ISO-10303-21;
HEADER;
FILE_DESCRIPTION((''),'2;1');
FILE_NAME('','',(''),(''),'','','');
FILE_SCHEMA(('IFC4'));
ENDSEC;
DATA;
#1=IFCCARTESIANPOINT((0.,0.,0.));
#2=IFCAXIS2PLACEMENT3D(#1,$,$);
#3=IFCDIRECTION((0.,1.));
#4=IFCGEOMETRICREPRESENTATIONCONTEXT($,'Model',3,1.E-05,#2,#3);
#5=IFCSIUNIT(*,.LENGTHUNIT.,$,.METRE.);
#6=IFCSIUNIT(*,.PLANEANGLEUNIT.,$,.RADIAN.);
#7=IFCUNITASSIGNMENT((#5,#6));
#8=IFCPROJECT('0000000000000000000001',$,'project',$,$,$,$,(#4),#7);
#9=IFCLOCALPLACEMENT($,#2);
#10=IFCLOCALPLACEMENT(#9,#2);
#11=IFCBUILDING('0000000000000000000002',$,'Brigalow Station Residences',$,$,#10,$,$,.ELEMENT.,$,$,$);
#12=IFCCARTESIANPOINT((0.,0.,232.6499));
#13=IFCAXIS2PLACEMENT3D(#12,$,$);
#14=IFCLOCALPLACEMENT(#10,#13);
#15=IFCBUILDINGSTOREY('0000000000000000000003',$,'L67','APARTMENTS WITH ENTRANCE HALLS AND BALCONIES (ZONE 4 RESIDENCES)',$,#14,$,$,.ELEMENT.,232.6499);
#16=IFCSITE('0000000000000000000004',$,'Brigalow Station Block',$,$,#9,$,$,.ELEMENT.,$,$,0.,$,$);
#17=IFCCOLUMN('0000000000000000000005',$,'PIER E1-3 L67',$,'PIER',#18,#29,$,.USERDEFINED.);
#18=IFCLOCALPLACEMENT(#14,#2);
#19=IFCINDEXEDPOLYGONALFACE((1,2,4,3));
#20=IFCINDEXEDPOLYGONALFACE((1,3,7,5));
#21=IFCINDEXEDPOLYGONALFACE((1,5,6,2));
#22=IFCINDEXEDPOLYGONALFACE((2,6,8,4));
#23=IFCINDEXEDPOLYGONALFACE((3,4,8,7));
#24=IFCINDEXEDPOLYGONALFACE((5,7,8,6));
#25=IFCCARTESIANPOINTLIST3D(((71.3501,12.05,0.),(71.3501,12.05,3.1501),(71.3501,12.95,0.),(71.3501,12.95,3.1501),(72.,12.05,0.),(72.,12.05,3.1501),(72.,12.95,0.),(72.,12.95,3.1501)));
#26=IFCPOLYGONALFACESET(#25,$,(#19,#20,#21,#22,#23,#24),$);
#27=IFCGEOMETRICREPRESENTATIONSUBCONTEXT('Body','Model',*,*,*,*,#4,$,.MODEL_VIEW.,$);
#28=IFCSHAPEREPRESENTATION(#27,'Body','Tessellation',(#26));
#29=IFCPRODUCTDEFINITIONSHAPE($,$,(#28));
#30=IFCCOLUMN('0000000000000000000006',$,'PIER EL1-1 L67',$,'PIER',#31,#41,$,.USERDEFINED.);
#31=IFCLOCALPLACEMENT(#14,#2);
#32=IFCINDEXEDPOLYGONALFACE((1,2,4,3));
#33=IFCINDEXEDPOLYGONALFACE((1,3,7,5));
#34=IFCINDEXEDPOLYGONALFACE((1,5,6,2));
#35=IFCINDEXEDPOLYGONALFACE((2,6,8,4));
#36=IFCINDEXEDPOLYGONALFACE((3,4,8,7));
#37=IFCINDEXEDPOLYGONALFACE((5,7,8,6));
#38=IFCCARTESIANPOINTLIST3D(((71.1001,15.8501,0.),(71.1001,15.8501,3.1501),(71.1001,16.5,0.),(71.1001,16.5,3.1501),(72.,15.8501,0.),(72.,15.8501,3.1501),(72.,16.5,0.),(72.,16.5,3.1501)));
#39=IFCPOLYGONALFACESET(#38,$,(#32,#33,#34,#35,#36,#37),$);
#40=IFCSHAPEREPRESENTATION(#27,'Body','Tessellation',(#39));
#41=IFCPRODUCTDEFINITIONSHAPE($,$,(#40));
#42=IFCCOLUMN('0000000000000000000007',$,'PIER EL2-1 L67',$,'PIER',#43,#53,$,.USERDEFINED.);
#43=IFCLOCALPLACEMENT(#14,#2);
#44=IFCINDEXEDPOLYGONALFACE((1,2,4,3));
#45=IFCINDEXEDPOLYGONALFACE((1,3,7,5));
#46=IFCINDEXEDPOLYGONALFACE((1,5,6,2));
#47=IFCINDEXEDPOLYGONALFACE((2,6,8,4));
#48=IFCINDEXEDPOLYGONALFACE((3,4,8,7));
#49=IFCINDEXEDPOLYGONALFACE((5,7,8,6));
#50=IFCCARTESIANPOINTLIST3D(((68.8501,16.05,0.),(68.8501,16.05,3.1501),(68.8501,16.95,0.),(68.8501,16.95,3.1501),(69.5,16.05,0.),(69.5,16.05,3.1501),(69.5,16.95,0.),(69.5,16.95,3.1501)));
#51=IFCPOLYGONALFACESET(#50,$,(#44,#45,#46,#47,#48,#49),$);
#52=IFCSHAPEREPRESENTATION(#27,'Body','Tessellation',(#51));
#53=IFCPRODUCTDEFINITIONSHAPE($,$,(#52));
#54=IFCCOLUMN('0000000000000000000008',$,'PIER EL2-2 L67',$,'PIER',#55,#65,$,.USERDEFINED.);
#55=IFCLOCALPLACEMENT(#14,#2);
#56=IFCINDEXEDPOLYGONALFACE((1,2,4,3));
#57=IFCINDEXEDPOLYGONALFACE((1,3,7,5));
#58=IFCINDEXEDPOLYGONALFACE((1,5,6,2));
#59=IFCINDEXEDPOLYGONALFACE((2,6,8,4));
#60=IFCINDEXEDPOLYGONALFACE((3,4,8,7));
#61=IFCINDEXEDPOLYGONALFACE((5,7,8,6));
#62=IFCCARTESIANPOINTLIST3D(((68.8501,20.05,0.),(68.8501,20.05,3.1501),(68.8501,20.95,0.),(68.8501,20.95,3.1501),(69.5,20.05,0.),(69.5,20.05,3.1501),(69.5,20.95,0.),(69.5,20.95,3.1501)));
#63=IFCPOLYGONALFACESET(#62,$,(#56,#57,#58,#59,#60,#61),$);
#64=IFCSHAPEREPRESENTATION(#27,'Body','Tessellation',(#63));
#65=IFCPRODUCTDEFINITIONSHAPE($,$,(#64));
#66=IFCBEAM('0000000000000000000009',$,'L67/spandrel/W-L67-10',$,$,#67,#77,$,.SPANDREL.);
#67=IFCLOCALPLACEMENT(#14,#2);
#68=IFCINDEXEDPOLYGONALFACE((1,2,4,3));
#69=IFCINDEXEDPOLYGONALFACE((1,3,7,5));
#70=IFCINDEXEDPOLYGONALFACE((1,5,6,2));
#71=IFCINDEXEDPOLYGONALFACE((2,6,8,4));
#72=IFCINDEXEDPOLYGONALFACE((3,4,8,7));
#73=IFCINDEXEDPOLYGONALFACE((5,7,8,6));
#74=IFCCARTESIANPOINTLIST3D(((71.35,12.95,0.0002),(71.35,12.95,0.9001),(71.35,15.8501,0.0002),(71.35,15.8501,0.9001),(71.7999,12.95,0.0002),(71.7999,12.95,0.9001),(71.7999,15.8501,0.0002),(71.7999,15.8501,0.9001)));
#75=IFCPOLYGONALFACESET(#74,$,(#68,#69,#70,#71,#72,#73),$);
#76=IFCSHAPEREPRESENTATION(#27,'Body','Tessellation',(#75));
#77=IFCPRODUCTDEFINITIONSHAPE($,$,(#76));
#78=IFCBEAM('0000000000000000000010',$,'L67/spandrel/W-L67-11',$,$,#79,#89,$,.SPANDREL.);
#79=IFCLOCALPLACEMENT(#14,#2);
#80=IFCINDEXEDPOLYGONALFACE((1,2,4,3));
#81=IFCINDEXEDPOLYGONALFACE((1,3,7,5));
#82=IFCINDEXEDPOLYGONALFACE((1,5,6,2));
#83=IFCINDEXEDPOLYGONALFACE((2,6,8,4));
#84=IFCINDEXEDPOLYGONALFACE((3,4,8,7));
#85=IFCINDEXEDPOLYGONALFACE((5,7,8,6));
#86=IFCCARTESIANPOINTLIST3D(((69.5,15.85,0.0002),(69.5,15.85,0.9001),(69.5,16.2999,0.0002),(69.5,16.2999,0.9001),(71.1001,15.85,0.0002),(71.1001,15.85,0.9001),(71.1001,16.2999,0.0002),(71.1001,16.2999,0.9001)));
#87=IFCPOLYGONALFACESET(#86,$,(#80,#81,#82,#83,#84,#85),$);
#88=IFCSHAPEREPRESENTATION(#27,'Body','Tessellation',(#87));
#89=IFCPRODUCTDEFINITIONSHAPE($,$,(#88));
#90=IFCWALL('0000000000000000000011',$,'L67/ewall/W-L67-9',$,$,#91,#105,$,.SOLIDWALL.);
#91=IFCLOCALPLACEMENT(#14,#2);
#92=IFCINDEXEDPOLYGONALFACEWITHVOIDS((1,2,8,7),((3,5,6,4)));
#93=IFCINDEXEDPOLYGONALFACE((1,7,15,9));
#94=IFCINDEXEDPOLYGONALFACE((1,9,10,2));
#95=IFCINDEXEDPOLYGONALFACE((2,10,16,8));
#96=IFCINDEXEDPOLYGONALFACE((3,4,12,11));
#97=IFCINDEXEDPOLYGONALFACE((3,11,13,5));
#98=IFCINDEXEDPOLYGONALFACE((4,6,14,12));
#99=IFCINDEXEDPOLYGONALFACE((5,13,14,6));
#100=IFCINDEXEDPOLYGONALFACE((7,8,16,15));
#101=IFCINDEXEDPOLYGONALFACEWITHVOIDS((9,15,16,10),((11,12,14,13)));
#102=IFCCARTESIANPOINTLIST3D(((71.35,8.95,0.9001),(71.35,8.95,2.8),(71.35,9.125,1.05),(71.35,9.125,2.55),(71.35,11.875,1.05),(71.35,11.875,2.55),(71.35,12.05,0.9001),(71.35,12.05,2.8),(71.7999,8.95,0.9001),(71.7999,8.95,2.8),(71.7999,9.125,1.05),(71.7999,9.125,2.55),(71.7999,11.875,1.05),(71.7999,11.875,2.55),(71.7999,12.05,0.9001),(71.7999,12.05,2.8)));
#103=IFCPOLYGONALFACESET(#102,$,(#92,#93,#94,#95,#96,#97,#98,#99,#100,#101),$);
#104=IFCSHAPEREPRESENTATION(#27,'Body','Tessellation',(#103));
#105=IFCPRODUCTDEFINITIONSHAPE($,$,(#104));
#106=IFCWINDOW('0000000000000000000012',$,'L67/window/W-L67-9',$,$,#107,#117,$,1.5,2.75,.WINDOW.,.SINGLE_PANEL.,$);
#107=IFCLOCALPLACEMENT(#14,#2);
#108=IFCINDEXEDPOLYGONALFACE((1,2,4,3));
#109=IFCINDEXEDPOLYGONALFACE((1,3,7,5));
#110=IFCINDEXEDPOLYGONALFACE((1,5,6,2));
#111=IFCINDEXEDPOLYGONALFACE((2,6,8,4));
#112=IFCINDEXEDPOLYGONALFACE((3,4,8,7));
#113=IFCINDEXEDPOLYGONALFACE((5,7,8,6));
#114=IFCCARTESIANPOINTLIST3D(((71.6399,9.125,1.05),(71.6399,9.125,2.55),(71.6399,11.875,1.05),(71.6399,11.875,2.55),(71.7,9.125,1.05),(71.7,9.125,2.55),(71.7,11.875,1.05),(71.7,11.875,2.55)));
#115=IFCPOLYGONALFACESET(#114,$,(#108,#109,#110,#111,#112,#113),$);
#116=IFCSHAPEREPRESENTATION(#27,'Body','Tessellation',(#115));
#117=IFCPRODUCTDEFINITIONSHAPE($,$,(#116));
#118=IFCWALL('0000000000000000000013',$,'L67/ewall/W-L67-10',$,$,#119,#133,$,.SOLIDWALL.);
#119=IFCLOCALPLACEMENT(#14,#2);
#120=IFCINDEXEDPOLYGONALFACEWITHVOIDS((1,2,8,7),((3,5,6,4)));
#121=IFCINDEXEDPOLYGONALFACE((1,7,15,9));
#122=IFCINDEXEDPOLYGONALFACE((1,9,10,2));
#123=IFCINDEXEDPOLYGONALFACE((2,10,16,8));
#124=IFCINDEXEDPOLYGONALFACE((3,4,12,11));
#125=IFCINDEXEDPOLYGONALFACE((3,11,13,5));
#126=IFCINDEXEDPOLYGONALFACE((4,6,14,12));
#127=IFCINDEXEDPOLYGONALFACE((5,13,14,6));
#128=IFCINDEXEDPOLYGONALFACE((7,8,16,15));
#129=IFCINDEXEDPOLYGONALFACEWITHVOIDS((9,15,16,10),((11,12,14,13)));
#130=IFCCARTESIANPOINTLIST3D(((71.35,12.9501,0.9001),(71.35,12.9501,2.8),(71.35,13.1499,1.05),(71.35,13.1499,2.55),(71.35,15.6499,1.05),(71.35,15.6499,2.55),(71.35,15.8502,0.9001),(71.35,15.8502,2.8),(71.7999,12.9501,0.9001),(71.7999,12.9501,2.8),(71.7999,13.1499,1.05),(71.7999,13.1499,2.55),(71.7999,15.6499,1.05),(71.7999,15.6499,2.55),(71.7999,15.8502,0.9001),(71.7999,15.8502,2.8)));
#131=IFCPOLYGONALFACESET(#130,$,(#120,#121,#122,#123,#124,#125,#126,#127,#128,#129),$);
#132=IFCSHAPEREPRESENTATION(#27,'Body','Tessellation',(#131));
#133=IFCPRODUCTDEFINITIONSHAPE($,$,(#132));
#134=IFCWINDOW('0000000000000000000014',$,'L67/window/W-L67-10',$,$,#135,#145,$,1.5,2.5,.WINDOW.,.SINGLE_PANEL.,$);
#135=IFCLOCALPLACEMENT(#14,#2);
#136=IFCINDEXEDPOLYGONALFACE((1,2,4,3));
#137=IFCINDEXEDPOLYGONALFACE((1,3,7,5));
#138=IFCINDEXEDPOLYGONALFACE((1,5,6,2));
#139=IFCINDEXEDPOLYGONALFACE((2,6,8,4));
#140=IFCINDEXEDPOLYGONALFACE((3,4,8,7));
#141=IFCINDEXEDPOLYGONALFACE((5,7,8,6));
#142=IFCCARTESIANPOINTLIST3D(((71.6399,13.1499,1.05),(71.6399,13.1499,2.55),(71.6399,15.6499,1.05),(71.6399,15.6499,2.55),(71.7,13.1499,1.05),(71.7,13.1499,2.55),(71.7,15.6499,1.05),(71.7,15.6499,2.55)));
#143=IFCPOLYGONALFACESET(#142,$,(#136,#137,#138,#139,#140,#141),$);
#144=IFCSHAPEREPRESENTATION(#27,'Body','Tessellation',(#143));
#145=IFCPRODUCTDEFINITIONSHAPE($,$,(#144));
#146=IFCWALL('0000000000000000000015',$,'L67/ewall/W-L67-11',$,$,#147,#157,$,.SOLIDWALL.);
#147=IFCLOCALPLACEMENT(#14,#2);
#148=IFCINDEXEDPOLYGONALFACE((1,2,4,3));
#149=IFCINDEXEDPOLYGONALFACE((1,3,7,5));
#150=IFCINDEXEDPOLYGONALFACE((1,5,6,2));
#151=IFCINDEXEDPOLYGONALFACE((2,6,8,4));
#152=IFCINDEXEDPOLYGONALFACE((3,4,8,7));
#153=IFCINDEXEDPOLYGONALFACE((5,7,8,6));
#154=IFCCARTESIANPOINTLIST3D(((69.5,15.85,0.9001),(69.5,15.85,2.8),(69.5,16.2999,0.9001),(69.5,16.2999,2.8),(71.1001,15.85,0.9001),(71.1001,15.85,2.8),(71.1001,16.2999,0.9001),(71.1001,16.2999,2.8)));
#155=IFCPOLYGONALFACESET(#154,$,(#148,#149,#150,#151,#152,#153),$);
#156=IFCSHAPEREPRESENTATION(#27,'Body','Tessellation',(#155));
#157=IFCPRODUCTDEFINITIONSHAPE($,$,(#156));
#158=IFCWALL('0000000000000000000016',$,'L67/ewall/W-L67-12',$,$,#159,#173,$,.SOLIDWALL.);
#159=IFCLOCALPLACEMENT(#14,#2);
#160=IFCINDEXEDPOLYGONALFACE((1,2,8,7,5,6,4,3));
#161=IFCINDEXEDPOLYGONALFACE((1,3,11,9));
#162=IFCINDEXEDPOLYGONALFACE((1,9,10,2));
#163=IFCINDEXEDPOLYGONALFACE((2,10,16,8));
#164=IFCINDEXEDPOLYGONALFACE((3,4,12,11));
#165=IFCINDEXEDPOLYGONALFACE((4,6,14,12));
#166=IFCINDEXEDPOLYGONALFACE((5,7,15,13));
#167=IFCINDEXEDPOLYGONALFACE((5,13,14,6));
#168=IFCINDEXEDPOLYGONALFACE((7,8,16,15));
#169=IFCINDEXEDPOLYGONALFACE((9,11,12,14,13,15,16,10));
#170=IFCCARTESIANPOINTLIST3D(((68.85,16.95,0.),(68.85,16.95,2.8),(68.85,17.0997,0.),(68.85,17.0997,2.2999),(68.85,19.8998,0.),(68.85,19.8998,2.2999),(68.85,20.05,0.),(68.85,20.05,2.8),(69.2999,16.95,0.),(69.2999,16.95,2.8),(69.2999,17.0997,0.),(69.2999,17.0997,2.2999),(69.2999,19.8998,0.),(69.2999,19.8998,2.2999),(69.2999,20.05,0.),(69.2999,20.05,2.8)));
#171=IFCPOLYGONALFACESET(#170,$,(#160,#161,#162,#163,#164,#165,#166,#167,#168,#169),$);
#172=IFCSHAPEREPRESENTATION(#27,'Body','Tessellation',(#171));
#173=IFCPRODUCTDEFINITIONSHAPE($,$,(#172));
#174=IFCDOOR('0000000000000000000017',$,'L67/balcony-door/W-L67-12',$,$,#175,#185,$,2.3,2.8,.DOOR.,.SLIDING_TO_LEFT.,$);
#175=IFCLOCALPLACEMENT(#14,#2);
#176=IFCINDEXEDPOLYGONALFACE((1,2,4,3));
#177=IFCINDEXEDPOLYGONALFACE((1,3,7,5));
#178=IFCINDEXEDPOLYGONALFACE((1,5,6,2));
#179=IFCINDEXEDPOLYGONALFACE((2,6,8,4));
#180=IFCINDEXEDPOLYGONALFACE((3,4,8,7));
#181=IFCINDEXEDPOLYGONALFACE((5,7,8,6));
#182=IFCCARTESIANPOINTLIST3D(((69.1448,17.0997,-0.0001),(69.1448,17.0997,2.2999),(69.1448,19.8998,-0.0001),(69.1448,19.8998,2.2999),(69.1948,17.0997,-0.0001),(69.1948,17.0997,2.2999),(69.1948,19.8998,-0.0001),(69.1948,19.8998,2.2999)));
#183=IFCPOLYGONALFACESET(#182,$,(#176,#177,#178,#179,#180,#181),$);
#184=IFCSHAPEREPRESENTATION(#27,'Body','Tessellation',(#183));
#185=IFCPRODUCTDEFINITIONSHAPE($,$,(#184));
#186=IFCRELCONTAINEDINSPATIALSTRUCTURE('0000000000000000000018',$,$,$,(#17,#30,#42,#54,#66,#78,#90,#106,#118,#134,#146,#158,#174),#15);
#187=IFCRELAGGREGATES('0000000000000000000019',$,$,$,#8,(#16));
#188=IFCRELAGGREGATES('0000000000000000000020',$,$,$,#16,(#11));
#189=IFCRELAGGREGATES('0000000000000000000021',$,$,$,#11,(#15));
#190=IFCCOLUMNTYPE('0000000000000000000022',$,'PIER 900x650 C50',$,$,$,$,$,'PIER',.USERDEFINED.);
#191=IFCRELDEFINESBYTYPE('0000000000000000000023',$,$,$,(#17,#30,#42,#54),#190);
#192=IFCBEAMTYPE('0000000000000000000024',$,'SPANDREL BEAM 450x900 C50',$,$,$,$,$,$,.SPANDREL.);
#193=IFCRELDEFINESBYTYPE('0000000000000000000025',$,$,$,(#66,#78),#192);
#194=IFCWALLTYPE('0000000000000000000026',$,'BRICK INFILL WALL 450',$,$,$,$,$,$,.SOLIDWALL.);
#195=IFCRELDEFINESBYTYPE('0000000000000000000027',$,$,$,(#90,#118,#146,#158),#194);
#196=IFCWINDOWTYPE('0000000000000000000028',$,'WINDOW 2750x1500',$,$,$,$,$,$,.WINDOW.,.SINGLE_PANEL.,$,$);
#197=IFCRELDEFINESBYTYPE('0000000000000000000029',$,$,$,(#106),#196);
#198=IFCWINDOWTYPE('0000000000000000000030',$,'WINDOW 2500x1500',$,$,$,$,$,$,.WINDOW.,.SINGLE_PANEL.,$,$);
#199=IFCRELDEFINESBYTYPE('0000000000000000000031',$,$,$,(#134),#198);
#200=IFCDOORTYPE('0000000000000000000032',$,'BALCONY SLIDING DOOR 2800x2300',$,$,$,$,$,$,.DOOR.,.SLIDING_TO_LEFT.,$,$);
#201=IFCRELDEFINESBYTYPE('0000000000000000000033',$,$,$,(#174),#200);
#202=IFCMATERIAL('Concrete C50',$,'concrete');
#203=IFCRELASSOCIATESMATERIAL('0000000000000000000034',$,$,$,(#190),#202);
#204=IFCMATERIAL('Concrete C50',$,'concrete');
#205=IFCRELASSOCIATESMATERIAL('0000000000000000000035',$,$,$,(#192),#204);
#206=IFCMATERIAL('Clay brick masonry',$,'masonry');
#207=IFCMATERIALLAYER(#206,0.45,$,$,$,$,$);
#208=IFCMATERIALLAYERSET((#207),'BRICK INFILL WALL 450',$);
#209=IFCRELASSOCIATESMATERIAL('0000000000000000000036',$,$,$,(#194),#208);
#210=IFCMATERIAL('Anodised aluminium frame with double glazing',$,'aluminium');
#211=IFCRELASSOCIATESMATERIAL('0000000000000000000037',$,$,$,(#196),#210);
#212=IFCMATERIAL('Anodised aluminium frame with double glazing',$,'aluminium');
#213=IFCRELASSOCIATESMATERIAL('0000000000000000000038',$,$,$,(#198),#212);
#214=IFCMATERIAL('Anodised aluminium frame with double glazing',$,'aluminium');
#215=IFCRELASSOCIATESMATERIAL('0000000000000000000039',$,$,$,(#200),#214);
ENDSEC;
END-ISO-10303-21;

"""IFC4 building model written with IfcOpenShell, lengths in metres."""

from ifc_helpers import new_model, si_unit, direction, frame, frame_2d, origin, origin_2d, place, context, subcontext, project, spatial, rectangle, extrude, material, layer, layer_set, material_profile, profile_set, type_object, element, fill, save


model = new_model("IFC4")

# Units and contexts
model_context = context("Model", 3, precision=1e-05, world=origin(), true_north=direction((0.0, 1.0)))
body_context = subcontext(model_context, "Body", "Model", "MODEL_VIEW")
ifc_project = project(units=[si_unit("LENGTHUNIT", "METRE"), si_unit("PLANEANGLEUNIT", "RADIAN")], contexts=[model_context])

# Site, building, storey
site_placement = place(None, origin())
site = spatial("IfcSite", under=ifc_project, at=site_placement, Name="Brigalow Station Block", CompositionType="ELEMENT", RefElevation=0.0)
building_placement = place(site_placement, origin())
building = spatial("IfcBuilding", under=site, at=building_placement, Name="Brigalow Station Residences", CompositionType="ELEMENT")
storey_placement = place(building_placement, frame((0.0, 0.0, 232.6499)))
storey = spatial("IfcBuildingStorey", under=building, at=storey_placement, Name="L67", Description="APARTMENTS WITH ENTRANCE HALLS AND BALCONIES (ZONE 4 RESIDENCES)", CompositionType="ELEMENT", Elevation=232.6499)

# Columns
ifc_material_1 = material(Name="Concrete C50", Category="concrete")
ifc_material_profile_1 = material_profile(ifc_material_1, rectangle(XDim=0.8999, YDim=0.6499, at=origin_2d()), Name="RC900x650")
ifc_profile_set_1 = profile_set([ifc_material_profile_1], Name="Concrete C50")
column_type = type_object("IfcColumnType", Name="PIER 900x650 C50", ElementType="PIER", PredefinedType="USERDEFINED", material=ifc_profile_set_1)
for number, where, z_axis, x_axis, name in (
    (1, (71.675, 12.5, 0.0), (0.0, 0.0, 1.0), (0.0, 1.0, 0.0), "PIER E1-3 L67"),
    (2, (71.55, 16.175, 0.0), (0.0, 0.0, 1.0), (-1.0, 0.0, 0.0), "PIER EL1-1 L67"),
    (3, (69.175, 16.5, 0.0), (0.0, 0.0, 1.0), (0.0, 1.0, 0.0), "PIER EL2-1 L67"),
    (4, (69.175, 20.5, 0.0), (0.0, 0.0, 1.0), (0.0, 1.0, 0.0), "PIER EL2-2 L67"),
):
    element("IfcColumn", number, at=place(storey_placement, frame(where, z_axis=z_axis, x_axis=x_axis)), inside=storey, type_object=column_type, Name=name, ObjectType="PIER", PredefinedType="USERDEFINED", context=body_context, shape_type="SweptSolid", body=[
        extrude(rectangle(XDim=0.8999, YDim=0.6499, at=origin_2d()), origin(), (0.0, 0.0, 1.0), 3.1501),
    ])

# Beams
ifc_material_2 = material(Name="Concrete C50", Category="concrete")
ifc_material_profile_2 = material_profile(ifc_material_2, rectangle(XDim=0.45, YDim=0.8999, at=origin_2d()), Name="RC450x900")
ifc_profile_set_2 = profile_set([ifc_material_profile_2], Name="Concrete C50")
beam_type = type_object("IfcBeamType", Name="SPANDREL BEAM 450x900 C50", PredefinedType="SPANDREL", material=ifc_profile_set_2)
beam_1_placement = place(storey_placement, frame((71.575, 12.95, 0.4502), z_axis=(0.0, 1.0, 0.0), x_axis=(-1.0, 0.0, 0.0)))
element("IfcBeam", 5, at=beam_1_placement, inside=storey, type_object=beam_type, Name="L67/spandrel/W-L67-10", PredefinedType="SPANDREL", context=body_context, shape_type="SweptSolid", body=[
    extrude(rectangle(XDim=0.45, YDim=0.8999, at=origin_2d()), origin(), (0.0, 0.0, 1.0), 2.9001),
])
beam_2_placement = place(storey_placement, frame((71.1001, 16.075, 0.4502), z_axis=(-1.0, 0.0, 0.0), x_axis=(0.0, -1.0, 0.0)))
element("IfcBeam", 6, at=beam_2_placement, inside=storey, type_object=beam_type, Name="L67/spandrel/W-L67-11", PredefinedType="SPANDREL", context=body_context, shape_type="SweptSolid", body=[
    extrude(rectangle(XDim=0.45, YDim=0.8999, at=origin_2d()), origin(), (0.0, 0.0, 1.0), 1.6001),
])

# Walls, openings, windows
ifc_material_3 = material(Name="Clay brick masonry", Category="masonry")
ifc_layer = layer(ifc_material_3, 0.45)
ifc_layer_set = layer_set([ifc_layer], Name="BRICK INFILL WALL 450")
wall_type = type_object("IfcWallType", Name="BRICK INFILL WALL 450", PredefinedType="SOLIDWALL", material=ifc_layer_set)
wall_1_placement = place(storey_placement, frame((71.575, 8.95, 0.9001), z_axis=(0.0, 0.0, 1.0), x_axis=(0.0, 1.0, 0.0)))
wall_1 = element("IfcWall", 7, at=wall_1_placement, inside=storey, type_object=wall_type, Name="L67/ewall/W-L67-9", PredefinedType="SOLIDWALL", context=body_context, shape_type="SweptSolid", body=[
    extrude(rectangle(XDim=3.1001, YDim=0.45, at=frame_2d((1.55, 0.0))), origin(), (0.0, 0.0, 1.0), 1.8999),
])
opening_1_placement = place(wall_1_placement, frame((0.175, 0.0, 0.1499)))
opening_1 = element("IfcOpeningElement", 8, at=opening_1_placement, cuts=wall_1, PredefinedType="OPENING", context=body_context, shape_type="SweptSolid", body=[
    extrude(rectangle(XDim=2.75, YDim=1.5, at=frame_2d((1.375, 0.75))), frame((0.0, 0.2349, 0.0), z_axis=(0.0, -1.0, 0.0), x_axis=(1.0, 0.0, 0.0)), (0.0, 0.0, 1.0), 0.47),
])
ifc_material_4 = material(Name="Anodised aluminium frame with double glazing", Category="aluminium")
window_type_1 = type_object("IfcWindowType", Name="WINDOW 2750x1500", PartitioningType="SINGLE_PANEL", PredefinedType="WINDOW", material=ifc_material_4)
window_1_placement = place(opening_1_placement, origin())
window_1 = element("IfcWindow", 9, at=window_1_placement, inside=storey, type_object=window_type_1, Name="L67/window/W-L67-9", OverallHeight=1.5, OverallWidth=2.75, PartitioningType="SINGLE_PANEL", PredefinedType="WINDOW", context=body_context, shape_type="SweptSolid", body=[
    extrude(rectangle(XDim=2.75, YDim=1.5, at=frame_2d((1.375, 0.75))), frame((0.0, -0.0649, 0.0), z_axis=(0.0, -1.0, 0.0), x_axis=(1.0, 0.0, 0.0)), (0.0, 0.0, 1.0), 0.0601),
])
fill(opening_1, window_1)
wall_2_placement = place(storey_placement, frame((71.575, 12.95, 0.9001), z_axis=(0.0, 0.0, 1.0), x_axis=(0.0, 1.0, 0.0)))
wall_2 = element("IfcWall", 10, at=wall_2_placement, inside=storey, type_object=wall_type, Name="L67/ewall/W-L67-10", PredefinedType="SOLIDWALL", context=body_context, shape_type="SweptSolid", body=[
    extrude(rectangle(XDim=2.9001, YDim=0.45, at=frame_2d((1.4502, 0.0))), origin(), (0.0, 0.0, 1.0), 1.8999),
])
opening_2_placement = place(wall_2_placement, frame((0.2, 0.0, 0.1499)))
opening_2 = element("IfcOpeningElement", 11, at=opening_2_placement, cuts=wall_2, PredefinedType="OPENING", context=body_context, shape_type="SweptSolid", body=[
    extrude(rectangle(XDim=2.5, YDim=1.5, at=frame_2d((1.25, 0.75))), frame((0.0, 0.2349, 0.0), z_axis=(0.0, -1.0, 0.0), x_axis=(1.0, 0.0, 0.0)), (0.0, 0.0, 1.0), 0.47),
])
ifc_material_5 = material(Name="Anodised aluminium frame with double glazing", Category="aluminium")
window_type_2 = type_object("IfcWindowType", Name="WINDOW 2500x1500", PartitioningType="SINGLE_PANEL", PredefinedType="WINDOW", material=ifc_material_5)
window_2_placement = place(opening_2_placement, origin())
window_2 = element("IfcWindow", 12, at=window_2_placement, inside=storey, type_object=window_type_2, Name="L67/window/W-L67-10", OverallHeight=1.5, OverallWidth=2.5, PartitioningType="SINGLE_PANEL", PredefinedType="WINDOW", context=body_context, shape_type="SweptSolid", body=[
    extrude(rectangle(XDim=2.5, YDim=1.5, at=frame_2d((1.25, 0.75))), frame((0.0, -0.0649, 0.0), z_axis=(0.0, -1.0, 0.0), x_axis=(1.0, 0.0, 0.0)), (0.0, 0.0, 1.0), 0.0601),
])
fill(opening_2, window_2)

# Wall
wall_3_placement = place(storey_placement, frame((71.1001, 16.075, 0.9001), z_axis=(0.0, 0.0, 1.0), x_axis=(-1.0, 0.0, 0.0)))
element("IfcWall", 13, at=wall_3_placement, inside=storey, type_object=wall_type, Name="L67/ewall/W-L67-11", PredefinedType="SOLIDWALL", context=body_context, shape_type="SweptSolid", body=[
    extrude(rectangle(XDim=1.6001, YDim=0.45, at=frame_2d((0.8, 0.0))), origin(), (0.0, 0.0, 1.0), 1.8999),
])

# Wall, opening, door
wall_4_placement = place(storey_placement, frame((69.075, 16.95, 0.0), z_axis=(0.0, 0.0, 1.0), x_axis=(0.0, 1.0, 0.0)))
wall_4 = element("IfcWall", 14, at=wall_4_placement, inside=storey, type_object=wall_type, Name="L67/ewall/W-L67-12", PredefinedType="SOLIDWALL", context=body_context, shape_type="SweptSolid", body=[
    extrude(rectangle(XDim=3.1001, YDim=0.45, at=frame_2d((1.55, 0.0))), origin(), (0.0, 0.0, 1.0), 2.8),
])
opening_3_placement = place(wall_4_placement, frame((0.1499, 0.0, 0.0)))
opening_3 = element("IfcOpeningElement", 15, at=opening_3_placement, cuts=wall_4, PredefinedType="OPENING", context=body_context, shape_type="SweptSolid", body=[
    extrude(rectangle(XDim=2.8, YDim=2.3, at=frame_2d((1.3999, 1.1499))), frame((0.0, 0.2349, 0.0), z_axis=(0.0, -1.0, 0.0), x_axis=(1.0, 0.0, 0.0)), (0.0, 0.0, 1.0), 0.47),
])
ifc_material_6 = material(Name="Anodised aluminium frame with double glazing", Category="aluminium")
door_type = type_object("IfcDoorType", Name="BALCONY SLIDING DOOR 2800x2300", OperationType="SLIDING_TO_LEFT", PredefinedType="DOOR", material=ifc_material_6)
door_1_placement = place(opening_3_placement, origin())
door_1 = element("IfcDoor", 16, at=door_1_placement, inside=storey, type_object=door_type, Name="L67/balcony-door/W-L67-12", OperationType="SLIDING_TO_LEFT", OverallHeight=2.3, OverallWidth=2.8, PredefinedType="DOOR", context=body_context, shape_type="SweptSolid", body=[
    extrude(rectangle(XDim=2.8, YDim=2.3, at=frame_2d((1.3999, 1.1499))), frame((0.0, -0.0698, 0.0), z_axis=(0.0, -1.0, 0.0), x_axis=(1.0, 0.0, 0.0)), (0.0, 0.0, 1.0), 0.05),
])
fill(opening_3, door_1)

save(model, "model.ifc")
